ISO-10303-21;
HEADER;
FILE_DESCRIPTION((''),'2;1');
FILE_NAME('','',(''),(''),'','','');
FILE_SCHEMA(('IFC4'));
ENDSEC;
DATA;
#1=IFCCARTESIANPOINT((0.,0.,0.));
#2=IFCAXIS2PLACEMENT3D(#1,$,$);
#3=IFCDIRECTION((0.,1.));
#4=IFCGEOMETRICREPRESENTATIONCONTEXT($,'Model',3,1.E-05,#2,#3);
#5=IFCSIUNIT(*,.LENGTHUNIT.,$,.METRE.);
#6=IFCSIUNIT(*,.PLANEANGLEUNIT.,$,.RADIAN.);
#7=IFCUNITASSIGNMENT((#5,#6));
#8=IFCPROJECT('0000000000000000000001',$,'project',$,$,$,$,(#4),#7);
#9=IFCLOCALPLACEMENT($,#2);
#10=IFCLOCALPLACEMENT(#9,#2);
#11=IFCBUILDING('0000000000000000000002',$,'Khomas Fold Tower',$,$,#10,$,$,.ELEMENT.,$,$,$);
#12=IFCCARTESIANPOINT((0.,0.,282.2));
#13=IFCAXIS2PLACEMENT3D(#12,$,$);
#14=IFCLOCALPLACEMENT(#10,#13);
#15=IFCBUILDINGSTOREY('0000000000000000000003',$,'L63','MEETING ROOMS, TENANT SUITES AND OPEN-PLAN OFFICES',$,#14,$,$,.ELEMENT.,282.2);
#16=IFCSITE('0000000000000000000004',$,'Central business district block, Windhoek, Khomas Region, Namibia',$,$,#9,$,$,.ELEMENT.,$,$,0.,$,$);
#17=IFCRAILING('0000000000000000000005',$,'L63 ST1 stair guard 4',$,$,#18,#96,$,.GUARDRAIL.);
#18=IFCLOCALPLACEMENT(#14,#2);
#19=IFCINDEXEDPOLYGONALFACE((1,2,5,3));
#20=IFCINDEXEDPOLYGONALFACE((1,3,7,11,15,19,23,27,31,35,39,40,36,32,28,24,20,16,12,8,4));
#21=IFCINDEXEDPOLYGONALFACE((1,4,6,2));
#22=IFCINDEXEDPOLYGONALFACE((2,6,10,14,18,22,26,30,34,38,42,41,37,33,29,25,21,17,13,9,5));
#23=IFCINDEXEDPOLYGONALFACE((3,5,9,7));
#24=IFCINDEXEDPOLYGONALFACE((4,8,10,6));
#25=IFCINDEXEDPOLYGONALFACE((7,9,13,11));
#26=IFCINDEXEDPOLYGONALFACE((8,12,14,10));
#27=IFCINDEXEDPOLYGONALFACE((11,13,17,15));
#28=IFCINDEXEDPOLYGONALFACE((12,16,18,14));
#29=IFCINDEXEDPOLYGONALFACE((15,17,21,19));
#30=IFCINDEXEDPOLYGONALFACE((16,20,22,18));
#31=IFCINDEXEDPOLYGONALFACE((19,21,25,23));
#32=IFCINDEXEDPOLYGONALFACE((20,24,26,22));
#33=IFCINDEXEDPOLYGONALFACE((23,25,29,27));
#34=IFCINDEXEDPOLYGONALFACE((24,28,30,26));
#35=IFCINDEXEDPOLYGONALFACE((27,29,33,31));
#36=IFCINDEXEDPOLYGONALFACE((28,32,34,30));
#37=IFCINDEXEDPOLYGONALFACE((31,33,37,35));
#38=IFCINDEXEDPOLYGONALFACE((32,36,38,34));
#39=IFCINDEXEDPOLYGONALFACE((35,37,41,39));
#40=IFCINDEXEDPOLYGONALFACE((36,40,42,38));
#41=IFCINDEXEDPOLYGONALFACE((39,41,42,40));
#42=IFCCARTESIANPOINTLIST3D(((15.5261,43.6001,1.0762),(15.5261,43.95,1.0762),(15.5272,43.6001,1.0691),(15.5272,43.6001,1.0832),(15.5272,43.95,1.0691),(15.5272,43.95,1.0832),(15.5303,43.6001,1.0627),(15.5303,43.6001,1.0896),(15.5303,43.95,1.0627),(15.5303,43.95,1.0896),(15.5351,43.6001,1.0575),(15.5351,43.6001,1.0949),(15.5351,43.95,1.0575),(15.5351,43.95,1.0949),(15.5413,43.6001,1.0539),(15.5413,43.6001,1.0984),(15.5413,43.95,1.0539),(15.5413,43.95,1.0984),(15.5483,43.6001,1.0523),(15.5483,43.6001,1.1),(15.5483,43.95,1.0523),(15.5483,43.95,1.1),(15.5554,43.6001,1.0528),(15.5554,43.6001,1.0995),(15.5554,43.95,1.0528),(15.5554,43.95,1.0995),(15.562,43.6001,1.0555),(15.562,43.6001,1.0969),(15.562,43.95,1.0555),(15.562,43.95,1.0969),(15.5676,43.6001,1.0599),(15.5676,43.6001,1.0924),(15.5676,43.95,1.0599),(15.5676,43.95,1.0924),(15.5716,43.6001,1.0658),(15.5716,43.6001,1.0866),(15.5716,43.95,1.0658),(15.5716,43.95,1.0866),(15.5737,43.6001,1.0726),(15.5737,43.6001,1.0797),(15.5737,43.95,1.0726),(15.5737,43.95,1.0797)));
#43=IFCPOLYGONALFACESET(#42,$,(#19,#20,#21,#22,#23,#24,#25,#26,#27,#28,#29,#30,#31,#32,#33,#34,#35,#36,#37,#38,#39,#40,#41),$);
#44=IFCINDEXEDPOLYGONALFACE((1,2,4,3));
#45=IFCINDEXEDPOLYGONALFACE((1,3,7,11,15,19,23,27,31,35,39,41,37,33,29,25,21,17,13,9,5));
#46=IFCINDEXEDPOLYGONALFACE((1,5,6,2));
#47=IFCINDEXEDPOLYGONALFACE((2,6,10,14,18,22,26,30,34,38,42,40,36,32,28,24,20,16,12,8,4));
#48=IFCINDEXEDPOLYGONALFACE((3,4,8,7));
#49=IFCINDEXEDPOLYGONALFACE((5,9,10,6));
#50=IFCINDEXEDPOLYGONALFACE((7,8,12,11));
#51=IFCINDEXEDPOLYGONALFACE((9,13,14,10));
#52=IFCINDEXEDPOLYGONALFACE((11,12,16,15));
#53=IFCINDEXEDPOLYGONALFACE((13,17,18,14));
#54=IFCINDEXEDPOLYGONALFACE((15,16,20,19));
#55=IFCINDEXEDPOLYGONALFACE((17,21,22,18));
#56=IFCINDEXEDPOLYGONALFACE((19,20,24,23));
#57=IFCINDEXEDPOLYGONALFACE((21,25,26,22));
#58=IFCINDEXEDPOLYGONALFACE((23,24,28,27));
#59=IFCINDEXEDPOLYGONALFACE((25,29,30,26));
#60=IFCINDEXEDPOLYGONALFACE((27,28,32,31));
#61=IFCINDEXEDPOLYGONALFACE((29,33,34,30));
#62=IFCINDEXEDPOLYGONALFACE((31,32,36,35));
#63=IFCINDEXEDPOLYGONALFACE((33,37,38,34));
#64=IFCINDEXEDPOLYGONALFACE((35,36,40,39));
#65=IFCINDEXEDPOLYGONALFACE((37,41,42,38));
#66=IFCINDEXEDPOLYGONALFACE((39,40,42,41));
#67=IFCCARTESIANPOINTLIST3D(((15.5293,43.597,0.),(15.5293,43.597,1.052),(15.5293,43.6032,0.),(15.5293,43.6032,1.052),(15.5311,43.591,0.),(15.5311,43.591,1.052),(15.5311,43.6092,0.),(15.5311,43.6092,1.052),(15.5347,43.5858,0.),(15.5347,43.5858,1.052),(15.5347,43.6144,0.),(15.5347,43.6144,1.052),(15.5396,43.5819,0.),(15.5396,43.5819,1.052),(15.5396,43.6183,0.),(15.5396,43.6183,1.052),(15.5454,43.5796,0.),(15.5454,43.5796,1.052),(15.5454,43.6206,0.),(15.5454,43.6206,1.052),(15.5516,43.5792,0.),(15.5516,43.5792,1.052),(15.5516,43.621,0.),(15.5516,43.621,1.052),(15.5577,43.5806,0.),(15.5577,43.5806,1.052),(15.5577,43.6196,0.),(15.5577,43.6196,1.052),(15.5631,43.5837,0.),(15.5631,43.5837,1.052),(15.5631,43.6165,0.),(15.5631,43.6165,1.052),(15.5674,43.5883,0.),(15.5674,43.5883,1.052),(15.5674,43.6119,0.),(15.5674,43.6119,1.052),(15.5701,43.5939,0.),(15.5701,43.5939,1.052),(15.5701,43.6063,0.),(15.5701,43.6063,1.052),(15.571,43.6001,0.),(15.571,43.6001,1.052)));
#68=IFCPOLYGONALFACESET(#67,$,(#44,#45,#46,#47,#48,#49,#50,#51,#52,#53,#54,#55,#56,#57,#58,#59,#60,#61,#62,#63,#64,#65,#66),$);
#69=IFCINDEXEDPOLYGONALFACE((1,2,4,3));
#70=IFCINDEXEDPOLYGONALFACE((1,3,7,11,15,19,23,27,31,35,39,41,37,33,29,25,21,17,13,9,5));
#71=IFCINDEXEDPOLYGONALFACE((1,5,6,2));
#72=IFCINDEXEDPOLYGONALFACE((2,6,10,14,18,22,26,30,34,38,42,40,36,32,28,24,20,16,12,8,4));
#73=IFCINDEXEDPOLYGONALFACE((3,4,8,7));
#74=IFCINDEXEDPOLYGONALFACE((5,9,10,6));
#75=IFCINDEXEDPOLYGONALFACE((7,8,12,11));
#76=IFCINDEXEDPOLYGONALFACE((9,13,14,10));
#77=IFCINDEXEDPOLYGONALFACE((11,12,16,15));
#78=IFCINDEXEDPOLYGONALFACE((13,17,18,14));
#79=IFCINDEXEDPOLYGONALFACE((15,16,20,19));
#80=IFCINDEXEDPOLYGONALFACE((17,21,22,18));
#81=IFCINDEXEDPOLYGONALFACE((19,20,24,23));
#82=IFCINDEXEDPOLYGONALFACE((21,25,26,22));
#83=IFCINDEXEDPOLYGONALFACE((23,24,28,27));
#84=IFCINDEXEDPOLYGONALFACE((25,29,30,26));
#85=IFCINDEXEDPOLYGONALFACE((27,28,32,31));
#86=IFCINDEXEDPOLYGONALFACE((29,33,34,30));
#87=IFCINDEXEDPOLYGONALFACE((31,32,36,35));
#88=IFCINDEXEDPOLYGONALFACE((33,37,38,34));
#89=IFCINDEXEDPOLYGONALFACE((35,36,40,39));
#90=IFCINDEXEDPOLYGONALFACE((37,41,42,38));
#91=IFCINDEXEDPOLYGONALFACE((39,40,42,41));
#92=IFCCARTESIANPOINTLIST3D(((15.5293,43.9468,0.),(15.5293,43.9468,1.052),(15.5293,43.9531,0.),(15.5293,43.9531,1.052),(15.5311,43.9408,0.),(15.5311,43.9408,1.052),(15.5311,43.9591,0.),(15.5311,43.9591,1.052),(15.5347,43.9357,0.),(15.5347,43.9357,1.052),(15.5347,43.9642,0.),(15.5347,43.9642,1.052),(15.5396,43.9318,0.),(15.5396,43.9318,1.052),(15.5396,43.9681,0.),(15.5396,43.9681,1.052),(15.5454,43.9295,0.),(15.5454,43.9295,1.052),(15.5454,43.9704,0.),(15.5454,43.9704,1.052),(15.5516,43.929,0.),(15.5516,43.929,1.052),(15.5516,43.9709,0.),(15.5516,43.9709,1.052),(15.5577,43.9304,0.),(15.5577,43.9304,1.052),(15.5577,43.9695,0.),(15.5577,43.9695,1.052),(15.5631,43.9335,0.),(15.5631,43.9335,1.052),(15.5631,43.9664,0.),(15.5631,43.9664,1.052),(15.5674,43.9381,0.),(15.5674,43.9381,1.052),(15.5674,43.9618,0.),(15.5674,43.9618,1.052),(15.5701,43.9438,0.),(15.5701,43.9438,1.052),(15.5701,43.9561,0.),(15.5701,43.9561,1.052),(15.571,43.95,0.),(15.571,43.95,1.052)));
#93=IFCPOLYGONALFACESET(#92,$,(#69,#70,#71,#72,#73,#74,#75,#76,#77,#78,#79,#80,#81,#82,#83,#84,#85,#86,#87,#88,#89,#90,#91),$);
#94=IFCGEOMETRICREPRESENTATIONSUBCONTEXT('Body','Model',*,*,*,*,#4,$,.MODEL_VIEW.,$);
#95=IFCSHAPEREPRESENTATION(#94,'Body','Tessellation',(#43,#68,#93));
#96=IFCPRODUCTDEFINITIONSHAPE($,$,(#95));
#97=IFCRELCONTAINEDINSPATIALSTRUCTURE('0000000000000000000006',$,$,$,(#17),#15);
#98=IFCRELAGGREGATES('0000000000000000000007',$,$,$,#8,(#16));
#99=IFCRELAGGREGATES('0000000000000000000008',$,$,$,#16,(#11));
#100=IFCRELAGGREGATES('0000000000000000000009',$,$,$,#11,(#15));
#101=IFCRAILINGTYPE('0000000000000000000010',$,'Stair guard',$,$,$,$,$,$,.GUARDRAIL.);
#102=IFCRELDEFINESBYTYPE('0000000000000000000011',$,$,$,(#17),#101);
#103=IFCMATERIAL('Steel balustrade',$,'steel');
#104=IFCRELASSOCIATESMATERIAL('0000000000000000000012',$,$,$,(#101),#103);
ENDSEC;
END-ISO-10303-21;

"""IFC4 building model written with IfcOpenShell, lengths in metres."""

from ifc_helpers import new_model, si_unit, direction, frame, origin, origin_2d, place, context, subcontext, project, spatial, circle, extrude, source, transform, mapped, material, type_object, element, save


model = new_model("IFC4")

# Units and contexts
model_context = context("Model", 3, precision=1e-05, world=origin(), true_north=direction((0.0, 1.0)))
body_context = subcontext(model_context, "Body", "Model", "MODEL_VIEW")
ifc_project = project(units=[si_unit("LENGTHUNIT", "METRE"), si_unit("PLANEANGLEUNIT", "RADIAN")], contexts=[model_context])

# Site, building, storey
site_placement = place(None, origin())
site = spatial("IfcSite", under=ifc_project, at=site_placement, Name="Central business district block, Windhoek, Khomas Region, Namibia", CompositionType="ELEMENT", RefElevation=0.0)
building_placement = place(site_placement, origin())
building = spatial("IfcBuilding", under=site, at=building_placement, Name="Khomas Fold Tower", CompositionType="ELEMENT")
storey_placement = place(building_placement, frame((0.0, 0.0, 282.2)))
storey = spatial("IfcBuildingStorey", under=building, at=storey_placement, Name="L63", Description="MEETING ROOMS, TENANT SUITES AND OPEN-PLAN OFFICES", CompositionType="ELEMENT", Elevation=282.2)

# Railing
ifc_material_1 = material(Name="Steel balustrade", Category="steel")
railing_type_1 = type_object("IfcRailingType", Name="Stair guard", PredefinedType="GUARDRAIL", material=ifc_material_1)
shared_shape_1 = source(origin(), body_context, "Body", "SweptSolid", [
    extrude(circle(Radius=0.0239, at=origin_2d()), frame((0.0, 0.0, 1.0762), z_axis=(0.0, 1.0, 0.0), x_axis=(-1.0, 0.0, 0.0)), (0.0, 0.0, 1.0), 0.3499),
    extrude(circle(Radius=0.021, at=origin_2d()), origin(), (0.0, 0.0, 1.0), 1.052),
    extrude(circle(Radius=0.021, at=origin_2d()), frame((0.0, 0.3499, 0.0)), (0.0, 0.0, 1.0), 1.052),
])
railing_1_placement = place(storey_placement, frame((15.55, 43.6001, 0.0)))
element("IfcRailing", 1, at=railing_1_placement, inside=storey, type_object=railing_type_1, Name="L63 ST1 stair guard 4", PredefinedType="GUARDRAIL", context=body_context, shape_type="MappedRepresentation", body=[
    mapped(shared_shape_1, transform((0.0, 0.0, 0.0))),
])

save(model, "model.ifc")
